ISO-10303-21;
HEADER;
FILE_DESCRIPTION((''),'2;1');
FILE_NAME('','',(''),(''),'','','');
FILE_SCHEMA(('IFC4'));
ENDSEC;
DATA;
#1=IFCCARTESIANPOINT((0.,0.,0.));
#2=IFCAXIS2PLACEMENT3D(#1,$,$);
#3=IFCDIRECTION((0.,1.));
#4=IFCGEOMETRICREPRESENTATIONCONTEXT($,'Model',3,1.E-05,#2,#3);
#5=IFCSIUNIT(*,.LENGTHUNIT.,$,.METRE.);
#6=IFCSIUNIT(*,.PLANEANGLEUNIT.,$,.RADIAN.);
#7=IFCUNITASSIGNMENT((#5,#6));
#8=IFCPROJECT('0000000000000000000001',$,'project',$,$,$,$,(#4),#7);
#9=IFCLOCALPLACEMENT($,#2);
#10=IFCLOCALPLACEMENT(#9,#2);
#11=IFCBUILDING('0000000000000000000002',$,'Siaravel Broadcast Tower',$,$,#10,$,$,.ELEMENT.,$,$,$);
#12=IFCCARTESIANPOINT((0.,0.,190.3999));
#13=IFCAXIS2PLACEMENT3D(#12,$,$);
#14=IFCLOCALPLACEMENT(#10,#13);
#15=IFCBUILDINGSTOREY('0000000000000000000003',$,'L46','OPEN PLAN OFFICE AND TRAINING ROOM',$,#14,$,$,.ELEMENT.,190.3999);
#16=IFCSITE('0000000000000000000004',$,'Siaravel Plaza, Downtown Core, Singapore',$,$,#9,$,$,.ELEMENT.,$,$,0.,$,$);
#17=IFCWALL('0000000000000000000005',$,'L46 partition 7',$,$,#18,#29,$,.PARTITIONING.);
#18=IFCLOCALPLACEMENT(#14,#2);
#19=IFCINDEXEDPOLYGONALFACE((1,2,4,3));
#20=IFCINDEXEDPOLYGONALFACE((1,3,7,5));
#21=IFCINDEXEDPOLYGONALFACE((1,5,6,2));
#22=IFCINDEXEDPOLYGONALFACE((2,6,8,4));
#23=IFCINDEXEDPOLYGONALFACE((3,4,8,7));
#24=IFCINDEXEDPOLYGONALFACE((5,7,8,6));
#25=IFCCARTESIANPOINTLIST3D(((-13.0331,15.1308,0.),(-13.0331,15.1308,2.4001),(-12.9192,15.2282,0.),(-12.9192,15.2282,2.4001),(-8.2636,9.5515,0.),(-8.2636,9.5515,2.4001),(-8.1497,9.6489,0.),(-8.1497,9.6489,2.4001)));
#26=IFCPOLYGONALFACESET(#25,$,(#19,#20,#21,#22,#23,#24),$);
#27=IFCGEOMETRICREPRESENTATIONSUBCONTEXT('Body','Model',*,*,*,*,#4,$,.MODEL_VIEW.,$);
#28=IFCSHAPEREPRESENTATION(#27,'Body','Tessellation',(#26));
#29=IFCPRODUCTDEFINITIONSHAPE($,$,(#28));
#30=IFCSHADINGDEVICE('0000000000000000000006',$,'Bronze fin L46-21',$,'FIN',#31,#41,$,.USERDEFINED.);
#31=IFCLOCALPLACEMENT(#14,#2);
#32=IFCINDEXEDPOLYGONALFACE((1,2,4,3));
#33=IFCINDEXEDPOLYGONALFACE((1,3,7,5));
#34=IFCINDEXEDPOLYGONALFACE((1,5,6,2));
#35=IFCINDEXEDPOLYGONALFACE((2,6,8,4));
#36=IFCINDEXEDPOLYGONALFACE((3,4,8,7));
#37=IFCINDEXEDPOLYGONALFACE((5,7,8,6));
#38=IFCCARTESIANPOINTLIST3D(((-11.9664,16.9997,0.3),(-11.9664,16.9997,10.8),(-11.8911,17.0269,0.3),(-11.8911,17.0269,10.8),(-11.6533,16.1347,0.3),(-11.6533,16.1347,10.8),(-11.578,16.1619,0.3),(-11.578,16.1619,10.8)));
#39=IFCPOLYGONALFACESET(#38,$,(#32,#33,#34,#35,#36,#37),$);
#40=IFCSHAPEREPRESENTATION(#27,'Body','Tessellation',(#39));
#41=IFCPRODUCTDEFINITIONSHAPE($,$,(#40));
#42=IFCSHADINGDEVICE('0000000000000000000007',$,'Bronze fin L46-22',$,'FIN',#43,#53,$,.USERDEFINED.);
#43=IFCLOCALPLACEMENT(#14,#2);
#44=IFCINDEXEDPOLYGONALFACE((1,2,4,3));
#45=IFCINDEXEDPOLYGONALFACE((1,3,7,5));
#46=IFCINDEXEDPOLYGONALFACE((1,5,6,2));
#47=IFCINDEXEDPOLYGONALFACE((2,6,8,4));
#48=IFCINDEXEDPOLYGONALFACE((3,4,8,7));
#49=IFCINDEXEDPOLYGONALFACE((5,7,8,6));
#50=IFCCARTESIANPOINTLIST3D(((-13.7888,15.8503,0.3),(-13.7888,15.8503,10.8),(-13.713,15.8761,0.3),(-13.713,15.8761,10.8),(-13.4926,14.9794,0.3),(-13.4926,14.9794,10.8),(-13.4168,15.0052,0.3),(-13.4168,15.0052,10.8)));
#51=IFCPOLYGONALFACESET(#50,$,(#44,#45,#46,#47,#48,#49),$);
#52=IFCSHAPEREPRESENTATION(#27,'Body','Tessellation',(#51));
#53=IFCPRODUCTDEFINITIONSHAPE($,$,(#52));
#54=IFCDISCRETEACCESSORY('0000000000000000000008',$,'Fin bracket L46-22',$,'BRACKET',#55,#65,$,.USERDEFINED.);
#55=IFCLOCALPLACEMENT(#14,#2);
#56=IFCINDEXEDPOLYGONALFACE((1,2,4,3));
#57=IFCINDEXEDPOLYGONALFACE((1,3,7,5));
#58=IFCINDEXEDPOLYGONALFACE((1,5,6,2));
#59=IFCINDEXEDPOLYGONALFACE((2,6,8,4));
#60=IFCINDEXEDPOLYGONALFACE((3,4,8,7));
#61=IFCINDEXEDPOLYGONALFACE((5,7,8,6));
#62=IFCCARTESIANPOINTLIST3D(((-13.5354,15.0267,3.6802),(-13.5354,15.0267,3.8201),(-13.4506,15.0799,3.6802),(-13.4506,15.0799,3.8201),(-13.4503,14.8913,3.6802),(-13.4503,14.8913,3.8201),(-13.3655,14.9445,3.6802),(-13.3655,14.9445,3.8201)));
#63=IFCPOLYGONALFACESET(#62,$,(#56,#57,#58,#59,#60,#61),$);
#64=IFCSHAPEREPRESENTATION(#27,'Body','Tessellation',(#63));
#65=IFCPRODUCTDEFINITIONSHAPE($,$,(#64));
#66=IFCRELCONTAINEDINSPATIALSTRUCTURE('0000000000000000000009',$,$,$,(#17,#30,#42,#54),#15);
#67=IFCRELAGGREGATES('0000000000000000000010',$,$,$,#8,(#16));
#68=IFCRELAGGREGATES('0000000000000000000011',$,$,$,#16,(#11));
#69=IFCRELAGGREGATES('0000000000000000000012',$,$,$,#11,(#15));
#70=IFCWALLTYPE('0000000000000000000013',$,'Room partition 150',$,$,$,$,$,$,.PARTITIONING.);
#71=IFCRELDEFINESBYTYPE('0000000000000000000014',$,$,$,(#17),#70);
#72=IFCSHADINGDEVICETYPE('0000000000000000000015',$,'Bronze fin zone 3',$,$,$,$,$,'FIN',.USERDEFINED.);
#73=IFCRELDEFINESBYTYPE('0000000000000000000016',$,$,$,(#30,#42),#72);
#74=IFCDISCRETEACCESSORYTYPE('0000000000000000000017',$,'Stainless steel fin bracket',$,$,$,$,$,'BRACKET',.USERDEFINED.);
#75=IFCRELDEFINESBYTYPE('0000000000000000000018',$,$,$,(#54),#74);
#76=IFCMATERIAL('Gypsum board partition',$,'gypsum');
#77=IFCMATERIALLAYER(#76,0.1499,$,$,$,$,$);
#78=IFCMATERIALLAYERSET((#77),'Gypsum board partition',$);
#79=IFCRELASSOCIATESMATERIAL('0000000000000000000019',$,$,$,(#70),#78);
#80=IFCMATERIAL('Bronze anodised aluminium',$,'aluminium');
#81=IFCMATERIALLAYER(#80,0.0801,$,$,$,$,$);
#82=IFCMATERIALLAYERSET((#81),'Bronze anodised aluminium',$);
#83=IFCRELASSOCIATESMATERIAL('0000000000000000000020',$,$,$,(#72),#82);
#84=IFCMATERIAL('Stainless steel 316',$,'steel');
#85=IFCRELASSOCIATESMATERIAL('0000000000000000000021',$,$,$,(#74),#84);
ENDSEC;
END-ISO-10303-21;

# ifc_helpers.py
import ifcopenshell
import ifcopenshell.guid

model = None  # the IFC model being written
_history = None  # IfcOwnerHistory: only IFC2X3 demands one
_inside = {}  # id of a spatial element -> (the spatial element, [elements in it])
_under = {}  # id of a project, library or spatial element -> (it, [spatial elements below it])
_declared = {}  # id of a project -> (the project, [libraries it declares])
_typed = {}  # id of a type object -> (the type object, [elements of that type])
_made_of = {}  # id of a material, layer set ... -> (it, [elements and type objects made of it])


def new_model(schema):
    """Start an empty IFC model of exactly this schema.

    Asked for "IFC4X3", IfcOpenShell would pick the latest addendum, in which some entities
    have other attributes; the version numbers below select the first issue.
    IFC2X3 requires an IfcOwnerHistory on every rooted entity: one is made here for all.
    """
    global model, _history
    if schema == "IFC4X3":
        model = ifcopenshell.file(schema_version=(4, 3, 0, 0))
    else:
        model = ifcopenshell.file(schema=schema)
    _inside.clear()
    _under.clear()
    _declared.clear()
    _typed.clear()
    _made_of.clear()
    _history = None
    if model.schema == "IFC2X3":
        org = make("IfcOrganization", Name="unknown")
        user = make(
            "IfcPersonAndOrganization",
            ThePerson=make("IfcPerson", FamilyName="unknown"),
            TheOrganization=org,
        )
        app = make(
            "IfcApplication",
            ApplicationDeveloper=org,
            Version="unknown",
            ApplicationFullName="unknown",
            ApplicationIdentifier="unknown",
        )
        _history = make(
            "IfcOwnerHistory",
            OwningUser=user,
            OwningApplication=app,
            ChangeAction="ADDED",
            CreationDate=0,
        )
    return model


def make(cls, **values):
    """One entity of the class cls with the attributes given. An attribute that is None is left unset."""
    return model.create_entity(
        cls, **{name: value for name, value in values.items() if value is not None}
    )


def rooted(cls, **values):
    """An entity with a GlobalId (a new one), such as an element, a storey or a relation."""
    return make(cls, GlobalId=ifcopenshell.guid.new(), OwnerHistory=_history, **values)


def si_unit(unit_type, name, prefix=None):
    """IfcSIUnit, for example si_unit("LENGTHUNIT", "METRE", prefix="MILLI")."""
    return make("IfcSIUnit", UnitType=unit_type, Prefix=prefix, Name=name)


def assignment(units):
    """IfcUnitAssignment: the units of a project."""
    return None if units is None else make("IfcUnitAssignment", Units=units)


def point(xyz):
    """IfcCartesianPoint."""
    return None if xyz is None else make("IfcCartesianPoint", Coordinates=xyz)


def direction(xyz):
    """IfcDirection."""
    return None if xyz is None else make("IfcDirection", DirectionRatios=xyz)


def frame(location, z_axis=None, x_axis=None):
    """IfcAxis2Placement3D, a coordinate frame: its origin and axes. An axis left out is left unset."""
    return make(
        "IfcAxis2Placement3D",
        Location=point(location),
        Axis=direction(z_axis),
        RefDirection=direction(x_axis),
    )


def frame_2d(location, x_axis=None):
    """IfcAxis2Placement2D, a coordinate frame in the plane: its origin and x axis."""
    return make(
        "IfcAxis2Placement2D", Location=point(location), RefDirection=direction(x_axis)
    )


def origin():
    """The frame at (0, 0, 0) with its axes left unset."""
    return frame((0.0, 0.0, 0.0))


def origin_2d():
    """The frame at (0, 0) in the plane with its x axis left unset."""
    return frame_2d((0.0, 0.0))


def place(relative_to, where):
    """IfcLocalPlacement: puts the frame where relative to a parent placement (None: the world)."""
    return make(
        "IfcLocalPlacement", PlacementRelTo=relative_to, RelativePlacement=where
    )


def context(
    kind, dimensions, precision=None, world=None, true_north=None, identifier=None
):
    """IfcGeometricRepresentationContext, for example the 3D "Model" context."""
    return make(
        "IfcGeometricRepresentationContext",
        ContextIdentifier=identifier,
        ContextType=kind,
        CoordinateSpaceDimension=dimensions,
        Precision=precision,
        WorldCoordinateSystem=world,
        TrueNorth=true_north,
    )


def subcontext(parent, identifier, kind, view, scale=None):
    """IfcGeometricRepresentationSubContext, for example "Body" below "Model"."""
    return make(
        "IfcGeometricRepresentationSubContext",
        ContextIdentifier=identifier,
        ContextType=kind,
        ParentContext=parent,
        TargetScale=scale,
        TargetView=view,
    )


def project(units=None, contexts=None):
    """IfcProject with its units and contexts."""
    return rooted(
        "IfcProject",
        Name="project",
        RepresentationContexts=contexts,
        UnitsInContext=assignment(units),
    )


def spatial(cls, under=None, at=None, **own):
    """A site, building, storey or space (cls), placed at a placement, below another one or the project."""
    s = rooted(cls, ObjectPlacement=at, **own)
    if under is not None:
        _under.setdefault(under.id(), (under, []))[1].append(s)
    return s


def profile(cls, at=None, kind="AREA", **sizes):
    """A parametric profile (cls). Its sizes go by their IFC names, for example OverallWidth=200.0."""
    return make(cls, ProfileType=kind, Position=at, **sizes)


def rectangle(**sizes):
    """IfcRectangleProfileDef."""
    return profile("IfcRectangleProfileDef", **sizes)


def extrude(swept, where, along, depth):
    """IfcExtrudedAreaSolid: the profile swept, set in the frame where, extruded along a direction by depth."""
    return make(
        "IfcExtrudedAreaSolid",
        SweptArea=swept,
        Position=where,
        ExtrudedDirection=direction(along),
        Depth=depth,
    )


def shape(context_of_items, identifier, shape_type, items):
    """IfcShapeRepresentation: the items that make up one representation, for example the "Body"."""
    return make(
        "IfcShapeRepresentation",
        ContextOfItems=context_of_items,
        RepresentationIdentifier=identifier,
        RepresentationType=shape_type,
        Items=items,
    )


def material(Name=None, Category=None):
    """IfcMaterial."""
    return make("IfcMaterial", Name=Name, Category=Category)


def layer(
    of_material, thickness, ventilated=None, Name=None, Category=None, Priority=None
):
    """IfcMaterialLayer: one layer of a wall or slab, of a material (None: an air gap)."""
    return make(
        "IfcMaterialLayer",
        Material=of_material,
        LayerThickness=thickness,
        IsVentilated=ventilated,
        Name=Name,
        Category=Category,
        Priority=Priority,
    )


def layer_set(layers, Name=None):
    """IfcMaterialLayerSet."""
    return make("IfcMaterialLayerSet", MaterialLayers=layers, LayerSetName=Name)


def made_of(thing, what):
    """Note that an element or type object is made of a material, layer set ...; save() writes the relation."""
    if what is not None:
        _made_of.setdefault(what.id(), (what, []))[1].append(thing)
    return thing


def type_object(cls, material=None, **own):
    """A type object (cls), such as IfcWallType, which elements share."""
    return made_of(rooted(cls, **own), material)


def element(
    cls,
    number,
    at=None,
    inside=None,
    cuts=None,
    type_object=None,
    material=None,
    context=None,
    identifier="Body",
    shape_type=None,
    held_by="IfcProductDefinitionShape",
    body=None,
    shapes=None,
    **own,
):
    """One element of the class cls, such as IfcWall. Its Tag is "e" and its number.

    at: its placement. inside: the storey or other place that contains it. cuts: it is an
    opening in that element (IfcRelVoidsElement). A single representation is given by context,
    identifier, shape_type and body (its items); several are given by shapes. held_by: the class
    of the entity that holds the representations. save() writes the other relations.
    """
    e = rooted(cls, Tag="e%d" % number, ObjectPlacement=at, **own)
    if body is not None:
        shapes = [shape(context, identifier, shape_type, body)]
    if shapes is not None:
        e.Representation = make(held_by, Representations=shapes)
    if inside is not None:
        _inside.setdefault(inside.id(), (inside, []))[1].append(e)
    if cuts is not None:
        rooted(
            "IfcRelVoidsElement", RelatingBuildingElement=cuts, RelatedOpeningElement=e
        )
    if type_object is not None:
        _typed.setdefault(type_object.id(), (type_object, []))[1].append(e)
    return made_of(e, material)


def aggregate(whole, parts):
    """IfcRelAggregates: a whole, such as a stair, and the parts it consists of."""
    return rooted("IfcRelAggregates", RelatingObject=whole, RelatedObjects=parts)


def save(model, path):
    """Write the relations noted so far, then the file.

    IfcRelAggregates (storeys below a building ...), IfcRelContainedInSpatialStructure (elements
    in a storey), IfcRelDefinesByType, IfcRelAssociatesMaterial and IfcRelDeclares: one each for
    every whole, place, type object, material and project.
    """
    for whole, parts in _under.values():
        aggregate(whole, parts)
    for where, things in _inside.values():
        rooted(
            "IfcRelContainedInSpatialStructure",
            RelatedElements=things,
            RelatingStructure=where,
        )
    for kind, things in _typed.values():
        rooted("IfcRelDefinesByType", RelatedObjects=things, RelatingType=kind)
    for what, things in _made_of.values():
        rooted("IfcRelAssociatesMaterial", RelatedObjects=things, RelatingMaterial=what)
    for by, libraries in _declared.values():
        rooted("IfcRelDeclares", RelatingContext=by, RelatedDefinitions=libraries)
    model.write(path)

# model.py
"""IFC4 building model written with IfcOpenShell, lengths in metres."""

from ifc_helpers import new_model, si_unit, direction, frame, frame_2d, origin, origin_2d, place, context, subcontext, project, spatial, rectangle, extrude, material, layer, layer_set, type_object, element, save


model = new_model("IFC4")

# Units and contexts
model_context = context("Model", 3, precision=1e-05, world=origin(), true_north=direction((0.0, 1.0)))
body_context = subcontext(model_context, "Body", "Model", "MODEL_VIEW")
ifc_project = project(units=[si_unit("LENGTHUNIT", "METRE"), si_unit("PLANEANGLEUNIT", "RADIAN")], contexts=[model_context])

# Site, building, storey
site_placement = place(None, origin())
site = spatial("IfcSite", under=ifc_project, at=site_placement, Name="Siaravel Plaza, Downtown Core, Singapore", CompositionType="ELEMENT", RefElevation=0.0)
building_placement = place(site_placement, origin())
building = spatial("IfcBuilding", under=site, at=building_placement, Name="Siaravel Broadcast Tower", CompositionType="ELEMENT")
storey_placement = place(building_placement, frame((0.0, 0.0, 190.3999)))
storey = spatial("IfcBuildingStorey", under=building, at=storey_placement, Name="L46", Description="OPEN PLAN OFFICE AND TRAINING ROOM", CompositionType="ELEMENT", Elevation=190.3999)

# Wall
ifc_material_1 = material(Name="Gypsum board partition", Category="gypsum")
ifc_layer_1 = layer(ifc_material_1, 0.1499)
ifc_layer_set_1 = layer_set([ifc_layer_1], Name="Gypsum board partition")
wall_type_1 = type_object("IfcWallType", Name="Room partition 150", PredefinedType="PARTITIONING", material=ifc_layer_set_1)
wall_1_placement = place(storey_placement, frame((-12.9761, 15.1794, 0.0), z_axis=(0.0, 0.0, 1.0), x_axis=(0.649788, -0.760115, 0.0)))
element("IfcWall", 1, at=wall_1_placement, inside=storey, type_object=wall_type_1, Name="L46 partition 7", PredefinedType="PARTITIONING", context=body_context, shape_type="SweptSolid", body=[
    extrude(rectangle(XDim=7.3401, YDim=0.1499, at=frame_2d((3.6699, 0.0))), origin(), (0.0, 0.0, 1.0), 2.4001),
])

# Shading devices
ifc_material_2 = material(Name="Bronze anodised aluminium", Category="aluminium")
ifc_layer_2 = layer(ifc_material_2, 0.0801)
ifc_layer_set_2 = layer_set([ifc_layer_2], Name="Bronze anodised aluminium")
shading_device_type = type_object("IfcShadingDeviceType", Name="Bronze fin zone 3", ElementType="FIN", PredefinedType="USERDEFINED", material=ifc_layer_set_2)
for number, where, z_axis, x_axis, name in (
    (2, (-11.7722, 16.5808, 0.3), (0.0, 0.0, 1.0), (-0.340406, 0.940279, 0.0), "Bronze fin L46-21"),
    (3, (-13.6028, 15.4277, 0.3), (0.0, 0.0, 1.0), (-0.32199, 0.946743, 0.0), "Bronze fin L46-22"),
):
    element("IfcShadingDevice", number, at=place(storey_placement, frame(where, z_axis=z_axis, x_axis=x_axis)), inside=storey, type_object=shading_device_type, Name=name, ObjectType="FIN", PredefinedType="USERDEFINED", context=body_context, shape_type="SweptSolid", body=[
        extrude(rectangle(XDim=0.9199, YDim=0.0801, at=origin_2d()), origin(), (0.0, 0.0, 1.0), 10.5),
    ])

# Discrete accessory
ifc_material_3 = material(Name="Stainless steel 316", Category="steel")
discrete_accessory_type = type_object("IfcDiscreteAccessoryType", Name="Stainless steel fin bracket", ElementType="BRACKET", PredefinedType="USERDEFINED", material=ifc_material_3)
discrete_accessory_placement = place(storey_placement, frame((-13.4504, 14.9856, 3.6802), z_axis=(0.0, 0.0, 1.0), x_axis=(-0.532149, 0.84665, 0.0)))
element("IfcDiscreteAccessory", 4, at=discrete_accessory_placement, inside=storey, type_object=discrete_accessory_type, Name="Fin bracket L46-22", ObjectType="BRACKET", PredefinedType="USERDEFINED", context=body_context, shape_type="SweptSolid", body=[
    extrude(rectangle(XDim=0.1599, YDim=0.1001, at=origin_2d()), origin(), (0.0, 0.0, 1.0), 0.1399),
])

save(model, "model.ifc")
